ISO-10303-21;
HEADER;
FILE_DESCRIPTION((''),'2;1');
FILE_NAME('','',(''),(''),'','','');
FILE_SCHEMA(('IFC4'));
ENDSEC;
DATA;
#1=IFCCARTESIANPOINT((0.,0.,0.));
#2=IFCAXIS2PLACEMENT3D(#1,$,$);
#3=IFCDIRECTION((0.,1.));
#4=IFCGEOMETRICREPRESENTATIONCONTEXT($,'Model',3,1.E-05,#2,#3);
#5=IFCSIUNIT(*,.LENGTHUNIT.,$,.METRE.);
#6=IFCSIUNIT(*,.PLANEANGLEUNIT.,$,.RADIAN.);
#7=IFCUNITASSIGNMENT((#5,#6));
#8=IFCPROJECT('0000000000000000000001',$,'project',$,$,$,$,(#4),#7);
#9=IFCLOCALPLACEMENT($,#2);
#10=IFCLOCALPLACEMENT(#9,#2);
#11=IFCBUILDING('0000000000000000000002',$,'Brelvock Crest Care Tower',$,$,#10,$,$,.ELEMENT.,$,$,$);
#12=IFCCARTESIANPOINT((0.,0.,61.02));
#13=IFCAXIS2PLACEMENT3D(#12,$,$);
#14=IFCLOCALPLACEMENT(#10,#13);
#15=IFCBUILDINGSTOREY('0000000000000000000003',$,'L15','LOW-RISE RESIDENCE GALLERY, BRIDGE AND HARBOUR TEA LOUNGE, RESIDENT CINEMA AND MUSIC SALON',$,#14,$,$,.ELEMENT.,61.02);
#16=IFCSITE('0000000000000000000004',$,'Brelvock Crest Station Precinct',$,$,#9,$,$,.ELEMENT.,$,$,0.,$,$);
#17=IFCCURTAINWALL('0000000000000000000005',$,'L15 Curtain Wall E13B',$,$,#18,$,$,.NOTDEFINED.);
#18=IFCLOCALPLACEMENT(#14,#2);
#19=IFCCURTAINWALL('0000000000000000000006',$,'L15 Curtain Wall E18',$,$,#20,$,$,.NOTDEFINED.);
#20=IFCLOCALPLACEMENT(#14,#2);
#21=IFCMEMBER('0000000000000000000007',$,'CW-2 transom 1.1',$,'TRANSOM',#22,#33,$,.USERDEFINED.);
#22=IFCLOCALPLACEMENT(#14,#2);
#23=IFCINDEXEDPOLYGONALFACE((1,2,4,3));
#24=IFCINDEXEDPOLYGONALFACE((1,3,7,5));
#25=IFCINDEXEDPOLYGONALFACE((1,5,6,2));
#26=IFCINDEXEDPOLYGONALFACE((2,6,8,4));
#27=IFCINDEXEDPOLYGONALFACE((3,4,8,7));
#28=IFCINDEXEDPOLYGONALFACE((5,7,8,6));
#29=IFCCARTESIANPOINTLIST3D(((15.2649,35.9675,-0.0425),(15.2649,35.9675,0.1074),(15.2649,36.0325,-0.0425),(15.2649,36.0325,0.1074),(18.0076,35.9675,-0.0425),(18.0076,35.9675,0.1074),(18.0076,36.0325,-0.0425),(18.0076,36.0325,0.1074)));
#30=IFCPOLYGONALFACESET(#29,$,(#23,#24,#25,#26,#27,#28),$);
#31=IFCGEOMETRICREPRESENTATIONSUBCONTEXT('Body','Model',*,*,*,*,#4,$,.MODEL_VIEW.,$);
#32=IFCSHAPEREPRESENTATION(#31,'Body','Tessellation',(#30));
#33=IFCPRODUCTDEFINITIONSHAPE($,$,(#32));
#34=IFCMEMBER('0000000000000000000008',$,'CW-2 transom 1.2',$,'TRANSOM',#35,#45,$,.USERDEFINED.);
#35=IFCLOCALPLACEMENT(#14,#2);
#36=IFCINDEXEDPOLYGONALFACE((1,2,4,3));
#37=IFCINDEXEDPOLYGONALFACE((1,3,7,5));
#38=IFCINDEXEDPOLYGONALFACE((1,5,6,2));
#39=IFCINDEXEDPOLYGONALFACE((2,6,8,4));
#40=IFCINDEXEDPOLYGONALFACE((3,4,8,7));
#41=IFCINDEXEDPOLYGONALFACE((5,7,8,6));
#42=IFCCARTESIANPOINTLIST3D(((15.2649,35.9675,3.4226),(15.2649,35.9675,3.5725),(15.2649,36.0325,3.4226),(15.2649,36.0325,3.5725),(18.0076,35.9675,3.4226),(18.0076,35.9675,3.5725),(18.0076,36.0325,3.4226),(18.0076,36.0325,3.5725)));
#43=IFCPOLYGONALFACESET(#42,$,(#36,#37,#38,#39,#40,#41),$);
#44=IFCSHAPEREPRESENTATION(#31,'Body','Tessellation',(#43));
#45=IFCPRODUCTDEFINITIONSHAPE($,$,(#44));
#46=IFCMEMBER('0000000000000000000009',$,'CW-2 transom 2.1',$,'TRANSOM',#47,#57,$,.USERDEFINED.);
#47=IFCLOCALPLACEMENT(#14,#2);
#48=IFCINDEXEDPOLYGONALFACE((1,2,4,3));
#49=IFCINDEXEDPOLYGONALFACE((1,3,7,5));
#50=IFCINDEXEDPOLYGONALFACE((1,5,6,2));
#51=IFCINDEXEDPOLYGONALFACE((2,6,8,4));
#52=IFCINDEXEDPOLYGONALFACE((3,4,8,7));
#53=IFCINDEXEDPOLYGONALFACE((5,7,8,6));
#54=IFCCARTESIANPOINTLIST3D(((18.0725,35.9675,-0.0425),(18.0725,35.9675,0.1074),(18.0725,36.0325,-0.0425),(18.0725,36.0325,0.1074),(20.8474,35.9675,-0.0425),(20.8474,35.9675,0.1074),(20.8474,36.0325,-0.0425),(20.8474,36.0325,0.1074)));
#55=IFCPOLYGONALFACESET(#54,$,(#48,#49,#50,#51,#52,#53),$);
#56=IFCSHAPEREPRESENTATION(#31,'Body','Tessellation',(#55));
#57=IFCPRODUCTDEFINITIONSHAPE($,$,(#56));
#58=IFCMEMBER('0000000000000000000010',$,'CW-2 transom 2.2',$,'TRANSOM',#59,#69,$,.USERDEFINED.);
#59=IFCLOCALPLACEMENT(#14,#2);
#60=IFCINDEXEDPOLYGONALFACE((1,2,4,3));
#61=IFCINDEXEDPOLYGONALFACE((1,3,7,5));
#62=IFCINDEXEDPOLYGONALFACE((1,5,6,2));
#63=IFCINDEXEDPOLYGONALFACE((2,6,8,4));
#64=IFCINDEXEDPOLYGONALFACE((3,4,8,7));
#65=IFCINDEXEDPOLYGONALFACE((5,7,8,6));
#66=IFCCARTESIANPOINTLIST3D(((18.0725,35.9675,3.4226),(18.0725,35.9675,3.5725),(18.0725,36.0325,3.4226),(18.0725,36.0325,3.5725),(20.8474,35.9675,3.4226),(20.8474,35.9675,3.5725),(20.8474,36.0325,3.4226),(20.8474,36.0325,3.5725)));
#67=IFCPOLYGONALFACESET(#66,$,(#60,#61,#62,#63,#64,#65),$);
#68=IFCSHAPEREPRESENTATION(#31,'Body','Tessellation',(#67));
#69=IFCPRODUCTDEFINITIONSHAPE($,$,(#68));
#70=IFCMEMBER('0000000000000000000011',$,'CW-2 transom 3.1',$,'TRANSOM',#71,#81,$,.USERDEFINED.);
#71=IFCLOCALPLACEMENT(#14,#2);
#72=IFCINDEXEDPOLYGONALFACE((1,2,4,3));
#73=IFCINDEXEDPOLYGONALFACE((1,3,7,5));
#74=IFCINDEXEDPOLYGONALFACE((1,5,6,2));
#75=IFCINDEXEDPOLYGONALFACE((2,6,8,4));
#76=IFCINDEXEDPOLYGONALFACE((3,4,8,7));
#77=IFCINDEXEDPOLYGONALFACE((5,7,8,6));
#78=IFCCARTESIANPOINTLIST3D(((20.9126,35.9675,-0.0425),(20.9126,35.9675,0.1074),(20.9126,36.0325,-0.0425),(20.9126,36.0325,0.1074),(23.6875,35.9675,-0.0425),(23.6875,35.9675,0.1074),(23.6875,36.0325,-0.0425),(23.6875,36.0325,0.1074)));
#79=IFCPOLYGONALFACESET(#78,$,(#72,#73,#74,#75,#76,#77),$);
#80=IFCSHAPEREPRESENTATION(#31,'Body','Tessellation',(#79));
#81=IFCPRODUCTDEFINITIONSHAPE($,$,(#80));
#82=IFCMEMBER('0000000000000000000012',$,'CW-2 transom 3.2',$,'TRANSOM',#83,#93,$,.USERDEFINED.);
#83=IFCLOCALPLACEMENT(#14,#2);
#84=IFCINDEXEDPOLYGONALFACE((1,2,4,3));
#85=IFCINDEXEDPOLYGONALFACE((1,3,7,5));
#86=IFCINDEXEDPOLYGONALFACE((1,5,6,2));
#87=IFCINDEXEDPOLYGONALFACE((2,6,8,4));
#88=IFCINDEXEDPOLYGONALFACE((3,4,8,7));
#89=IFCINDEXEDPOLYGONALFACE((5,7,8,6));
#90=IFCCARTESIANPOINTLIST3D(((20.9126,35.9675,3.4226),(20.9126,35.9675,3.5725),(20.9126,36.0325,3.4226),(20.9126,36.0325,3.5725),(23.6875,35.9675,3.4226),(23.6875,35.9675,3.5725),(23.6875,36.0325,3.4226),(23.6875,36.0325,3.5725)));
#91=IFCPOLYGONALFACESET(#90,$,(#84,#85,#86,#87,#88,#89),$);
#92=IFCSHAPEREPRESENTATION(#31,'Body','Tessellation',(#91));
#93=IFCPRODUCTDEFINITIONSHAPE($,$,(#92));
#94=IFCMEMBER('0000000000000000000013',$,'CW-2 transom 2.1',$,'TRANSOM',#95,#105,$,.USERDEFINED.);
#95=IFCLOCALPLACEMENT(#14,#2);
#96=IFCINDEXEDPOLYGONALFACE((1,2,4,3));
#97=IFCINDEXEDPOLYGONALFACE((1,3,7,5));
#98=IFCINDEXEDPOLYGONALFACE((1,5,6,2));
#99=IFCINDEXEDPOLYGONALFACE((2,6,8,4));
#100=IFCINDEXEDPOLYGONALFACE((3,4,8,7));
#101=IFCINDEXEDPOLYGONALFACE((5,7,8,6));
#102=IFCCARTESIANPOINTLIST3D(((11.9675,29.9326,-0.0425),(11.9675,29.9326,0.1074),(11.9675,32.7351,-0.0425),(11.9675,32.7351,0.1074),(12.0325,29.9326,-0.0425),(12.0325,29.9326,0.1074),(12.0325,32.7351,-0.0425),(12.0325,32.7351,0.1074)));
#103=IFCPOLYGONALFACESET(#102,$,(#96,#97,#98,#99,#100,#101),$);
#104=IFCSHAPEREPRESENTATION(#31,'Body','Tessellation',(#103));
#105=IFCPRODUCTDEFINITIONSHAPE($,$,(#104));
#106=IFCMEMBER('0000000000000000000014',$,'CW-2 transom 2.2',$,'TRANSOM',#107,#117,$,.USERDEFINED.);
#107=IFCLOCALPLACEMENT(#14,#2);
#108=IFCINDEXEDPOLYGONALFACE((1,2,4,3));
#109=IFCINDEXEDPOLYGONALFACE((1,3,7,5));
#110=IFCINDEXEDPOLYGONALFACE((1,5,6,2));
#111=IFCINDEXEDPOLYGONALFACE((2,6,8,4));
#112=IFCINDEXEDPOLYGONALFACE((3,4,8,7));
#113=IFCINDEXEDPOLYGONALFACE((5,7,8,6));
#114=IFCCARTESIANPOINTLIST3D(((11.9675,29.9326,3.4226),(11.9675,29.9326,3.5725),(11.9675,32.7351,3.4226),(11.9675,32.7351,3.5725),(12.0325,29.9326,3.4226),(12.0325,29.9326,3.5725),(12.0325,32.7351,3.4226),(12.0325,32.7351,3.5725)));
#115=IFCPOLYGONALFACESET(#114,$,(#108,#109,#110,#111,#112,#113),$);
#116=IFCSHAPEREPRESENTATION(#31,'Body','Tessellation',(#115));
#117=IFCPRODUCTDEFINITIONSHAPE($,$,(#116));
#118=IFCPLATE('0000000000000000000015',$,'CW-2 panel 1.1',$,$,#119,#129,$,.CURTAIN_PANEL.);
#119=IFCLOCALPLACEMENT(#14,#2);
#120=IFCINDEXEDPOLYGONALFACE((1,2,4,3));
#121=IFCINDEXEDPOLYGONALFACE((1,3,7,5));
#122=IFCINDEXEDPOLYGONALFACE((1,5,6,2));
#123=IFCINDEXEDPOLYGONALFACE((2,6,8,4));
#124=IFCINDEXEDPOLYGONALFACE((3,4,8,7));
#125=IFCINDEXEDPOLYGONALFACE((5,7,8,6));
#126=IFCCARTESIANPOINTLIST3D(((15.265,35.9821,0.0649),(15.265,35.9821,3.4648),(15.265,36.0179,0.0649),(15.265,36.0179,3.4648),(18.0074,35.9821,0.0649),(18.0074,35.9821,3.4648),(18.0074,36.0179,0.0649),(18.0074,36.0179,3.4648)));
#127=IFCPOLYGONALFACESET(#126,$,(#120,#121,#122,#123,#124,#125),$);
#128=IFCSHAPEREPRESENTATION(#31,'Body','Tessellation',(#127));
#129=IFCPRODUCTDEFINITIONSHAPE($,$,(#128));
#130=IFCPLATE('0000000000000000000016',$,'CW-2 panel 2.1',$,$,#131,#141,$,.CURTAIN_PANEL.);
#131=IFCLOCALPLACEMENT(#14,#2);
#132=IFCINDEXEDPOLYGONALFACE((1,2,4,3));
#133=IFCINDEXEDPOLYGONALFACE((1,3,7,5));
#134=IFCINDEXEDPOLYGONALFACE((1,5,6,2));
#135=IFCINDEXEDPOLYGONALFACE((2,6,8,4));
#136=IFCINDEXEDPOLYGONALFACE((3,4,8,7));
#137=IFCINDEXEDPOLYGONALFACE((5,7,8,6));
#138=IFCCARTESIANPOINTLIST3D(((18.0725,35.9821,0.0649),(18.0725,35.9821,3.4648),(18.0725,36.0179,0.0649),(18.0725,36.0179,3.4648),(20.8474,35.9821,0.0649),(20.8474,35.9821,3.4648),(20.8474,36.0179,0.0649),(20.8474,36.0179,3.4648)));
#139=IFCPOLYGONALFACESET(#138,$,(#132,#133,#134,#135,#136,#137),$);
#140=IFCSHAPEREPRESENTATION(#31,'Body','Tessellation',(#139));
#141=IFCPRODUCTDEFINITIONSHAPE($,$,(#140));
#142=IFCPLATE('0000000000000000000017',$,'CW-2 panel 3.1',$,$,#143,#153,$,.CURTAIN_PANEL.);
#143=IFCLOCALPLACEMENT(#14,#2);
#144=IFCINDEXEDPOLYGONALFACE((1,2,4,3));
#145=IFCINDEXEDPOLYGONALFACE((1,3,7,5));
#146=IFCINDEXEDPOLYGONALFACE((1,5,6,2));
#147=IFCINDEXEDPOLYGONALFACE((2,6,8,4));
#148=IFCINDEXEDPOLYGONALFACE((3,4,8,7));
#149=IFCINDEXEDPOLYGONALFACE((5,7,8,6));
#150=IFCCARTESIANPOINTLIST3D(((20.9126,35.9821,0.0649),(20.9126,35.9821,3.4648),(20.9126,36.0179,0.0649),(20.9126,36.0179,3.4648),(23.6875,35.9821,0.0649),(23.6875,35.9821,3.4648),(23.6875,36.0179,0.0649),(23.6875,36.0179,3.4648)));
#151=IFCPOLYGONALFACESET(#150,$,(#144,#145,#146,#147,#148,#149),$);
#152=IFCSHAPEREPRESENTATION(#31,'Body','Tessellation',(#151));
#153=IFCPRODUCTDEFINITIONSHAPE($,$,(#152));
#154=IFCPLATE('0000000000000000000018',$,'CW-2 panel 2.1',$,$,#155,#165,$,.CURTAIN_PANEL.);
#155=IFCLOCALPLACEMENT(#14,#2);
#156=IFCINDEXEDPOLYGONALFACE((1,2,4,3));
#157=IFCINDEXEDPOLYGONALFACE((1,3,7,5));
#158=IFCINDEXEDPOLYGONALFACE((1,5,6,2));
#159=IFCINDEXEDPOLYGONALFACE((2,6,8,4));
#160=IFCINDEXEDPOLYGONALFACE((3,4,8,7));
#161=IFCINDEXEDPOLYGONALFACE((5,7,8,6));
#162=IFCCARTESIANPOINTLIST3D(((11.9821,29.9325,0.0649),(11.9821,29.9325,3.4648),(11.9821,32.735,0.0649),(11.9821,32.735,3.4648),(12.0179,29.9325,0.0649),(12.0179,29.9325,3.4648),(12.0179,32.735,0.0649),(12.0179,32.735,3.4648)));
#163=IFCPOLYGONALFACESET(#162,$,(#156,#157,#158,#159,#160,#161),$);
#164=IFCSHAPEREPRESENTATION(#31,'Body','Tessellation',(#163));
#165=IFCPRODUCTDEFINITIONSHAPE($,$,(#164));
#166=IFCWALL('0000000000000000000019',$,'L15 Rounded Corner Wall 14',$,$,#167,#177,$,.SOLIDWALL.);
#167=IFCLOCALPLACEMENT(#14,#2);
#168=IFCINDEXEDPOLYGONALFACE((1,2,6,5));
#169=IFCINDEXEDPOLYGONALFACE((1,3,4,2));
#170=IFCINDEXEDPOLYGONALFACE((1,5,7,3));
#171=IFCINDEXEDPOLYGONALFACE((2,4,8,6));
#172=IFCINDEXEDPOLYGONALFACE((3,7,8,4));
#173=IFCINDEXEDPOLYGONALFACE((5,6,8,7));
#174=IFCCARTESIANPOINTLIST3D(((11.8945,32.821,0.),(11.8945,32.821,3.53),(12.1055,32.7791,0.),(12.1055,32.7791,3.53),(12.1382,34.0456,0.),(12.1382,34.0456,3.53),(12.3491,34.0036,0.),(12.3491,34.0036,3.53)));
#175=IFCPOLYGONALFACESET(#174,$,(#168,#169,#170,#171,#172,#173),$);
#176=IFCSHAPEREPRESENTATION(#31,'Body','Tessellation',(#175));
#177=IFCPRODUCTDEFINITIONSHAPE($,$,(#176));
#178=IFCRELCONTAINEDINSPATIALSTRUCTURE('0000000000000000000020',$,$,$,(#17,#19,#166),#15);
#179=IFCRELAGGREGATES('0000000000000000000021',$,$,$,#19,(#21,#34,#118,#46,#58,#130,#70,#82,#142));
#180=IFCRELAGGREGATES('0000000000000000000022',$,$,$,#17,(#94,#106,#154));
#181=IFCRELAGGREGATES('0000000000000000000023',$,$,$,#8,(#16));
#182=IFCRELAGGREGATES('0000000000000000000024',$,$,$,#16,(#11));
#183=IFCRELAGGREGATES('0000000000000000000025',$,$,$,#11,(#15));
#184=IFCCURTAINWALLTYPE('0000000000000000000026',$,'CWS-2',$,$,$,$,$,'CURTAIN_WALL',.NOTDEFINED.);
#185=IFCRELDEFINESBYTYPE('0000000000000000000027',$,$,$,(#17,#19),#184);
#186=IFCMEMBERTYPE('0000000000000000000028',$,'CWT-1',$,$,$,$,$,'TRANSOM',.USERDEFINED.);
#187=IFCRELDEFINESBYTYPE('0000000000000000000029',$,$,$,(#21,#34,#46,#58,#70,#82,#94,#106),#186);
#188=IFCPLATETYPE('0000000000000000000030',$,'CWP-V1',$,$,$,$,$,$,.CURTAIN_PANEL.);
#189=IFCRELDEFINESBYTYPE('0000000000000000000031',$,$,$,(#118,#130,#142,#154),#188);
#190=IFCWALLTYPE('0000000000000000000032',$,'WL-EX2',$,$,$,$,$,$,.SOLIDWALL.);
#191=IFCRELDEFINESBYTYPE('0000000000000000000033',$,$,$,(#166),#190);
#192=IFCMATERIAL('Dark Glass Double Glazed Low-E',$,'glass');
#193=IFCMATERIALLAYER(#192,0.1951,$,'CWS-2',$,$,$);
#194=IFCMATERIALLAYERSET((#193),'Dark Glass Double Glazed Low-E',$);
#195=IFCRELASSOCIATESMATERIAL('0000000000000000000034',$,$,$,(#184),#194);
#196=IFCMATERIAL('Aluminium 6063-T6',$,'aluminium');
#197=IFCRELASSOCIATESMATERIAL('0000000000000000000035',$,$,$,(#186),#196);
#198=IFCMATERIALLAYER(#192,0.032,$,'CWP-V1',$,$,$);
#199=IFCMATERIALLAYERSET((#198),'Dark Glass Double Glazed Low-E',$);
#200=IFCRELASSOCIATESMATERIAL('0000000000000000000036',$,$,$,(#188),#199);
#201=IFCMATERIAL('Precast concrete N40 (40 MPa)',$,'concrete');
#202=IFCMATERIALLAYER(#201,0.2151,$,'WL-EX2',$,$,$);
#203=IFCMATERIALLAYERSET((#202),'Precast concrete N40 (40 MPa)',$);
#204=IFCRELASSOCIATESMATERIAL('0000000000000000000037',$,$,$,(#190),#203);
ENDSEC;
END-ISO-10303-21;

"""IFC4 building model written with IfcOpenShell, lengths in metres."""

from ifc_helpers import new_model, si_unit, direction, frame, frame_2d, origin, origin_2d, place, context, subcontext, project, spatial, rectangle, extrude, source, transform, mapped, material, layer, layer_set, material_profile, profile_set, type_object, element, aggregate, save


model = new_model("IFC4")

# Units and contexts
model_context = context("Model", 3, precision=1e-05, world=origin(), true_north=direction((0.0, 1.0)))
body_context = subcontext(model_context, "Body", "Model", "MODEL_VIEW")
ifc_project = project(units=[si_unit("LENGTHUNIT", "METRE"), si_unit("PLANEANGLEUNIT", "RADIAN")], contexts=[model_context])

# Site, building, storey
site_placement = place(None, origin())
site = spatial("IfcSite", under=ifc_project, at=site_placement, Name="Brelvock Crest Station Precinct", CompositionType="ELEMENT", RefElevation=0.0)
building_placement = place(site_placement, origin())
building = spatial("IfcBuilding", under=site, at=building_placement, Name="Brelvock Crest Care Tower", CompositionType="ELEMENT")
storey_placement = place(building_placement, frame((0.0, 0.0, 61.02)))
storey = spatial("IfcBuildingStorey", under=building, at=storey_placement, Name="L15", Description="LOW-RISE RESIDENCE GALLERY, BRIDGE AND HARBOUR TEA LOUNGE, RESIDENT CINEMA AND MUSIC SALON", CompositionType="ELEMENT", Elevation=61.02)

# Curtain walls, members
ifc_material_1 = material(Name="Dark Glass Double Glazed Low-E", Category="glass")
ifc_layer_1 = layer(ifc_material_1, 0.1951, Name="CWS-2")
ifc_layer_set_1 = layer_set([ifc_layer_1], Name="Dark Glass Double Glazed Low-E")
curtain_wall_type = type_object("IfcCurtainWallType", Name="CWS-2", ElementType="CURTAIN_WALL", PredefinedType="NOTDEFINED", material=ifc_layer_set_1)
curtain_wall_1_placement = place(storey_placement, origin())
curtain_wall_1 = element("IfcCurtainWall", 1, at=curtain_wall_1_placement, inside=storey, type_object=curtain_wall_type, Name="L15 Curtain Wall E13B", PredefinedType="NOTDEFINED")
ifc_material_2 = material(Name="Aluminium 6063-T6", Category="aluminium")
curtain_wall_2_placement = place(storey_placement, origin())
curtain_wall_2 = element("IfcCurtainWall", 2, at=curtain_wall_2_placement, inside=storey, type_object=curtain_wall_type, Name="L15 Curtain Wall E18", PredefinedType="NOTDEFINED")
ifc_material_profile_1 = material_profile(ifc_material_2, rectangle(XDim=0.0649, YDim=0.1499, at=origin_2d()), Name="ALU65x150")
ifc_profile_set_1 = profile_set([ifc_material_profile_1], Name="Aluminium 6063-T6")
member_type_1 = type_object("IfcMemberType", Name="CWT-1", ElementType="TRANSOM", PredefinedType="USERDEFINED", material=ifc_profile_set_1)
shared_shape_1 = source(origin(), body_context, "Body", "SweptSolid", [
    extrude(rectangle(XDim=0.0649, YDim=0.1499, at=origin_2d()), origin(), (0.0, 0.0, 1.0), 2.7427),
])
member_1_placement = place(storey_placement, frame((15.2649, 36.0, 0.0325), z_axis=(1.0, 0.0, 0.0), x_axis=(0.0, 1.0, 0.0)))
member_1 = element("IfcMember", 3, at=member_1_placement, type_object=member_type_1, Name="CW-2 transom 1.1", ObjectType="TRANSOM", PredefinedType="USERDEFINED", context=body_context, shape_type="MappedRepresentation", body=[
    mapped(shared_shape_1, transform((0.0, 0.0, 0.0), x_axis=(1.0, 0.0, 0.0), y_axis=(0.0, 1.0, 0.0), z_axis=(0.0, 0.0, 1.0), scale=1.0)),
])
member_2_placement = place(storey_placement, frame((15.2649, 36.0, 3.4976), z_axis=(1.0, 0.0, 0.0), x_axis=(0.0, 1.0, 0.0)))
member_2 = element("IfcMember", 4, at=member_2_placement, type_object=member_type_1, Name="CW-2 transom 1.2", ObjectType="TRANSOM", PredefinedType="USERDEFINED", context=body_context, shape_type="MappedRepresentation", body=[
    mapped(shared_shape_1, transform((0.0, 0.0, 0.0), x_axis=(1.0, 0.0, 0.0), y_axis=(0.0, 1.0, 0.0), z_axis=(0.0, 0.0, 1.0), scale=1.0)),
])
shared_shape_2 = source(origin(), body_context, "Body", "SweptSolid", [
    extrude(rectangle(XDim=0.0649, YDim=0.1499, at=origin_2d()), origin(), (0.0, 0.0, 1.0), 2.7749),
])
member_3_placement = place(storey_placement, frame((18.0725, 36.0, 0.0325), z_axis=(1.0, 0.0, 0.0), x_axis=(0.0, 1.0, 0.0)))
member_3 = element("IfcMember", 5, at=member_3_placement, type_object=member_type_1, Name="CW-2 transom 2.1", ObjectType="TRANSOM", PredefinedType="USERDEFINED", context=body_context, shape_type="MappedRepresentation", body=[
    mapped(shared_shape_2, transform((0.0, 0.0, 0.0), x_axis=(1.0, 0.0, 0.0), y_axis=(0.0, 1.0, 0.0), z_axis=(0.0, 0.0, 1.0), scale=1.0)),
])
member_4_placement = place(storey_placement, frame((18.0725, 36.0, 3.4976), z_axis=(1.0, 0.0, 0.0), x_axis=(0.0, 1.0, 0.0)))
member_4 = element("IfcMember", 6, at=member_4_placement, type_object=member_type_1, Name="CW-2 transom 2.2", ObjectType="TRANSOM", PredefinedType="USERDEFINED", context=body_context, shape_type="MappedRepresentation", body=[
    mapped(shared_shape_2, transform((0.0, 0.0, 0.0), x_axis=(1.0, 0.0, 0.0), y_axis=(0.0, 1.0, 0.0), z_axis=(0.0, 0.0, 1.0), scale=1.0)),
])
member_5_placement = place(storey_placement, frame((20.9126, 36.0, 0.0325), z_axis=(1.0, 0.0, 0.0), x_axis=(0.0, 1.0, 0.0)))
member_5 = element("IfcMember", 7, at=member_5_placement, type_object=member_type_1, Name="CW-2 transom 3.1", ObjectType="TRANSOM", PredefinedType="USERDEFINED", context=body_context, shape_type="MappedRepresentation", body=[
    mapped(shared_shape_2, transform((0.0, 0.0, 0.0), x_axis=(1.0, 0.0, 0.0), y_axis=(0.0, 1.0, 0.0), z_axis=(0.0, 0.0, 1.0), scale=1.0)),
])
member_6_placement = place(storey_placement, frame((20.9126, 36.0, 3.4976), z_axis=(1.0, 0.0, 0.0), x_axis=(0.0, 1.0, 0.0)))
member_6 = element("IfcMember", 8, at=member_6_placement, type_object=member_type_1, Name="CW-2 transom 3.2", ObjectType="TRANSOM", PredefinedType="USERDEFINED", context=body_context, shape_type="MappedRepresentation", body=[
    mapped(shared_shape_2, transform((0.0, 0.0, 0.0), x_axis=(1.0, 0.0, 0.0), y_axis=(0.0, 1.0, 0.0), z_axis=(0.0, 0.0, 1.0), scale=1.0)),
])

# Members
shared_shape_3 = source(origin(), body_context, "Body", "SweptSolid", [
    extrude(rectangle(XDim=0.0649, YDim=0.1499, at=origin_2d()), origin(), (0.0, 0.0, 1.0), 2.8025),
])
member_7_placement = place(storey_placement, frame((12.0, 29.9326, 0.0325), z_axis=(0.0, 1.0, 0.0), x_axis=(-1.0, 0.0, 0.0)))
member_7 = element("IfcMember", 9, at=member_7_placement, type_object=member_type_1, Name="CW-2 transom 2.1", ObjectType="TRANSOM", PredefinedType="USERDEFINED", context=body_context, shape_type="MappedRepresentation", body=[
    mapped(shared_shape_3, transform((0.0, 0.0, 0.0), x_axis=(1.0, 0.0, 0.0), y_axis=(0.0, 1.0, 0.0), z_axis=(0.0, 0.0, 1.0), scale=1.0)),
])
member_8_placement = place(storey_placement, frame((12.0, 29.9326, 3.4976), z_axis=(0.0, 1.0, 0.0), x_axis=(-1.0, 0.0, 0.0)))
member_8 = element("IfcMember", 10, at=member_8_placement, type_object=member_type_1, Name="CW-2 transom 2.2", ObjectType="TRANSOM", PredefinedType="USERDEFINED", context=body_context, shape_type="MappedRepresentation", body=[
    mapped(shared_shape_3, transform((0.0, 0.0, 0.0), x_axis=(1.0, 0.0, 0.0), y_axis=(0.0, 1.0, 0.0), z_axis=(0.0, 0.0, 1.0), scale=1.0)),
])

# Plates
ifc_layer_2 = layer(ifc_material_1, 0.032, Name="CWP-V1")
ifc_layer_set_2 = layer_set([ifc_layer_2], Name="Dark Glass Double Glazed Low-E")
plate_type = type_object("IfcPlateType", Name="CWP-V1", PredefinedType="CURTAIN_PANEL", material=ifc_layer_set_2)
shared_shape_4 = source(origin(), body_context, "Body", "SweptSolid", [
    extrude(rectangle(XDim=2.7424, YDim=0.0359, at=origin_2d()), origin(), (0.0, 0.0, 1.0), 3.3999),
])
plate_1_placement = place(storey_placement, frame((16.6362, 36.0, 0.0649), z_axis=(0.0, 0.0, 1.0), x_axis=(1.0, 0.0, 0.0)))
plate_1 = element("IfcPlate", 11, at=plate_1_placement, type_object=plate_type, Name="CW-2 panel 1.1", PredefinedType="CURTAIN_PANEL", context=body_context, shape_type="MappedRepresentation", body=[
    mapped(shared_shape_4, transform((0.0, 0.0, 0.0), x_axis=(1.0, 0.0, 0.0), y_axis=(0.0, 1.0, 0.0), z_axis=(0.0, 0.0, 1.0), scale=1.0)),
])
shared_shape_5 = source(origin(), body_context, "Body", "SweptSolid", [
    extrude(rectangle(XDim=2.7749, YDim=0.0359, at=origin_2d()), origin(), (0.0, 0.0, 1.0), 3.3999),
])
plate_2_placement = place(storey_placement, frame((19.46, 36.0, 0.0649), z_axis=(0.0, 0.0, 1.0), x_axis=(1.0, 0.0, 0.0)))
plate_2 = element("IfcPlate", 12, at=plate_2_placement, type_object=plate_type, Name="CW-2 panel 2.1", PredefinedType="CURTAIN_PANEL", context=body_context, shape_type="MappedRepresentation", body=[
    mapped(shared_shape_5, transform((0.0, 0.0, 0.0), x_axis=(1.0, 0.0, 0.0), y_axis=(0.0, 1.0, 0.0), z_axis=(0.0, 0.0, 1.0), scale=1.0)),
])
plate_3_placement = place(storey_placement, frame((22.3, 36.0, 0.0649), z_axis=(0.0, 0.0, 1.0), x_axis=(1.0, 0.0, 0.0)))
plate_3 = element("IfcPlate", 13, at=plate_3_placement, type_object=plate_type, Name="CW-2 panel 3.1", PredefinedType="CURTAIN_PANEL", context=body_context, shape_type="MappedRepresentation", body=[
    mapped(shared_shape_5, transform((0.0, 0.0, 0.0), x_axis=(1.0, 0.0, 0.0), y_axis=(0.0, 1.0, 0.0), z_axis=(0.0, 0.0, 1.0), scale=1.0)),
])
aggregate(curtain_wall_2, [member_1, member_2, plate_1, member_3, member_4, plate_2, member_5, member_6, plate_3])
shared_shape_6 = source(origin(), body_context, "Body", "SweptSolid", [
    extrude(rectangle(XDim=2.8025, YDim=0.0359, at=origin_2d()), origin(), (0.0, 0.0, 1.0), 3.3999),
])
plate_4_placement = place(storey_placement, frame((12.0, 31.3337, 0.0649), z_axis=(0.0, 0.0, 1.0), x_axis=(0.0, 1.0, 0.0)))
plate_4 = element("IfcPlate", 14, at=plate_4_placement, type_object=plate_type, Name="CW-2 panel 2.1", PredefinedType="CURTAIN_PANEL", context=body_context, shape_type="MappedRepresentation", body=[
    mapped(shared_shape_6, transform((0.0, 0.0, 0.0), x_axis=(1.0, 0.0, 0.0), y_axis=(0.0, 1.0, 0.0), z_axis=(0.0, 0.0, 1.0), scale=1.0)),
])
aggregate(curtain_wall_1, [member_7, member_8, plate_4])

# Wall
ifc_material_3 = material(Name="Precast concrete N40 (40 MPa)", Category="concrete")
ifc_layer_3 = layer(ifc_material_3, 0.2151, Name="WL-EX2")
ifc_layer_set_3 = layer_set([ifc_layer_3], Name="Precast concrete N40 (40 MPa)")
wall_type = type_object("IfcWallType", Name="WL-EX2", PredefinedType="SOLIDWALL", material=ifc_layer_set_3)
for number, where, z_axis, x_axis, name in (
    (15, (12.0, 32.8, 0.0), (0.0, 0.0, 1.0), (0.195138, 0.980776, 0.0), "L15 Rounded Corner Wall 14"),
):
    element("IfcWall", number, at=place(storey_placement, frame(where, z_axis=z_axis, x_axis=x_axis)), inside=storey, type_object=wall_type, Name=name, PredefinedType="SOLIDWALL", context=body_context, shape_type="SweptSolid", body=[
        extrude(rectangle(XDim=1.2485, YDim=0.2151, at=frame_2d((0.6243, 0.0))), origin(), (0.0, 0.0, 1.0), 3.53),
    ])

save(model, "model.ifc")
